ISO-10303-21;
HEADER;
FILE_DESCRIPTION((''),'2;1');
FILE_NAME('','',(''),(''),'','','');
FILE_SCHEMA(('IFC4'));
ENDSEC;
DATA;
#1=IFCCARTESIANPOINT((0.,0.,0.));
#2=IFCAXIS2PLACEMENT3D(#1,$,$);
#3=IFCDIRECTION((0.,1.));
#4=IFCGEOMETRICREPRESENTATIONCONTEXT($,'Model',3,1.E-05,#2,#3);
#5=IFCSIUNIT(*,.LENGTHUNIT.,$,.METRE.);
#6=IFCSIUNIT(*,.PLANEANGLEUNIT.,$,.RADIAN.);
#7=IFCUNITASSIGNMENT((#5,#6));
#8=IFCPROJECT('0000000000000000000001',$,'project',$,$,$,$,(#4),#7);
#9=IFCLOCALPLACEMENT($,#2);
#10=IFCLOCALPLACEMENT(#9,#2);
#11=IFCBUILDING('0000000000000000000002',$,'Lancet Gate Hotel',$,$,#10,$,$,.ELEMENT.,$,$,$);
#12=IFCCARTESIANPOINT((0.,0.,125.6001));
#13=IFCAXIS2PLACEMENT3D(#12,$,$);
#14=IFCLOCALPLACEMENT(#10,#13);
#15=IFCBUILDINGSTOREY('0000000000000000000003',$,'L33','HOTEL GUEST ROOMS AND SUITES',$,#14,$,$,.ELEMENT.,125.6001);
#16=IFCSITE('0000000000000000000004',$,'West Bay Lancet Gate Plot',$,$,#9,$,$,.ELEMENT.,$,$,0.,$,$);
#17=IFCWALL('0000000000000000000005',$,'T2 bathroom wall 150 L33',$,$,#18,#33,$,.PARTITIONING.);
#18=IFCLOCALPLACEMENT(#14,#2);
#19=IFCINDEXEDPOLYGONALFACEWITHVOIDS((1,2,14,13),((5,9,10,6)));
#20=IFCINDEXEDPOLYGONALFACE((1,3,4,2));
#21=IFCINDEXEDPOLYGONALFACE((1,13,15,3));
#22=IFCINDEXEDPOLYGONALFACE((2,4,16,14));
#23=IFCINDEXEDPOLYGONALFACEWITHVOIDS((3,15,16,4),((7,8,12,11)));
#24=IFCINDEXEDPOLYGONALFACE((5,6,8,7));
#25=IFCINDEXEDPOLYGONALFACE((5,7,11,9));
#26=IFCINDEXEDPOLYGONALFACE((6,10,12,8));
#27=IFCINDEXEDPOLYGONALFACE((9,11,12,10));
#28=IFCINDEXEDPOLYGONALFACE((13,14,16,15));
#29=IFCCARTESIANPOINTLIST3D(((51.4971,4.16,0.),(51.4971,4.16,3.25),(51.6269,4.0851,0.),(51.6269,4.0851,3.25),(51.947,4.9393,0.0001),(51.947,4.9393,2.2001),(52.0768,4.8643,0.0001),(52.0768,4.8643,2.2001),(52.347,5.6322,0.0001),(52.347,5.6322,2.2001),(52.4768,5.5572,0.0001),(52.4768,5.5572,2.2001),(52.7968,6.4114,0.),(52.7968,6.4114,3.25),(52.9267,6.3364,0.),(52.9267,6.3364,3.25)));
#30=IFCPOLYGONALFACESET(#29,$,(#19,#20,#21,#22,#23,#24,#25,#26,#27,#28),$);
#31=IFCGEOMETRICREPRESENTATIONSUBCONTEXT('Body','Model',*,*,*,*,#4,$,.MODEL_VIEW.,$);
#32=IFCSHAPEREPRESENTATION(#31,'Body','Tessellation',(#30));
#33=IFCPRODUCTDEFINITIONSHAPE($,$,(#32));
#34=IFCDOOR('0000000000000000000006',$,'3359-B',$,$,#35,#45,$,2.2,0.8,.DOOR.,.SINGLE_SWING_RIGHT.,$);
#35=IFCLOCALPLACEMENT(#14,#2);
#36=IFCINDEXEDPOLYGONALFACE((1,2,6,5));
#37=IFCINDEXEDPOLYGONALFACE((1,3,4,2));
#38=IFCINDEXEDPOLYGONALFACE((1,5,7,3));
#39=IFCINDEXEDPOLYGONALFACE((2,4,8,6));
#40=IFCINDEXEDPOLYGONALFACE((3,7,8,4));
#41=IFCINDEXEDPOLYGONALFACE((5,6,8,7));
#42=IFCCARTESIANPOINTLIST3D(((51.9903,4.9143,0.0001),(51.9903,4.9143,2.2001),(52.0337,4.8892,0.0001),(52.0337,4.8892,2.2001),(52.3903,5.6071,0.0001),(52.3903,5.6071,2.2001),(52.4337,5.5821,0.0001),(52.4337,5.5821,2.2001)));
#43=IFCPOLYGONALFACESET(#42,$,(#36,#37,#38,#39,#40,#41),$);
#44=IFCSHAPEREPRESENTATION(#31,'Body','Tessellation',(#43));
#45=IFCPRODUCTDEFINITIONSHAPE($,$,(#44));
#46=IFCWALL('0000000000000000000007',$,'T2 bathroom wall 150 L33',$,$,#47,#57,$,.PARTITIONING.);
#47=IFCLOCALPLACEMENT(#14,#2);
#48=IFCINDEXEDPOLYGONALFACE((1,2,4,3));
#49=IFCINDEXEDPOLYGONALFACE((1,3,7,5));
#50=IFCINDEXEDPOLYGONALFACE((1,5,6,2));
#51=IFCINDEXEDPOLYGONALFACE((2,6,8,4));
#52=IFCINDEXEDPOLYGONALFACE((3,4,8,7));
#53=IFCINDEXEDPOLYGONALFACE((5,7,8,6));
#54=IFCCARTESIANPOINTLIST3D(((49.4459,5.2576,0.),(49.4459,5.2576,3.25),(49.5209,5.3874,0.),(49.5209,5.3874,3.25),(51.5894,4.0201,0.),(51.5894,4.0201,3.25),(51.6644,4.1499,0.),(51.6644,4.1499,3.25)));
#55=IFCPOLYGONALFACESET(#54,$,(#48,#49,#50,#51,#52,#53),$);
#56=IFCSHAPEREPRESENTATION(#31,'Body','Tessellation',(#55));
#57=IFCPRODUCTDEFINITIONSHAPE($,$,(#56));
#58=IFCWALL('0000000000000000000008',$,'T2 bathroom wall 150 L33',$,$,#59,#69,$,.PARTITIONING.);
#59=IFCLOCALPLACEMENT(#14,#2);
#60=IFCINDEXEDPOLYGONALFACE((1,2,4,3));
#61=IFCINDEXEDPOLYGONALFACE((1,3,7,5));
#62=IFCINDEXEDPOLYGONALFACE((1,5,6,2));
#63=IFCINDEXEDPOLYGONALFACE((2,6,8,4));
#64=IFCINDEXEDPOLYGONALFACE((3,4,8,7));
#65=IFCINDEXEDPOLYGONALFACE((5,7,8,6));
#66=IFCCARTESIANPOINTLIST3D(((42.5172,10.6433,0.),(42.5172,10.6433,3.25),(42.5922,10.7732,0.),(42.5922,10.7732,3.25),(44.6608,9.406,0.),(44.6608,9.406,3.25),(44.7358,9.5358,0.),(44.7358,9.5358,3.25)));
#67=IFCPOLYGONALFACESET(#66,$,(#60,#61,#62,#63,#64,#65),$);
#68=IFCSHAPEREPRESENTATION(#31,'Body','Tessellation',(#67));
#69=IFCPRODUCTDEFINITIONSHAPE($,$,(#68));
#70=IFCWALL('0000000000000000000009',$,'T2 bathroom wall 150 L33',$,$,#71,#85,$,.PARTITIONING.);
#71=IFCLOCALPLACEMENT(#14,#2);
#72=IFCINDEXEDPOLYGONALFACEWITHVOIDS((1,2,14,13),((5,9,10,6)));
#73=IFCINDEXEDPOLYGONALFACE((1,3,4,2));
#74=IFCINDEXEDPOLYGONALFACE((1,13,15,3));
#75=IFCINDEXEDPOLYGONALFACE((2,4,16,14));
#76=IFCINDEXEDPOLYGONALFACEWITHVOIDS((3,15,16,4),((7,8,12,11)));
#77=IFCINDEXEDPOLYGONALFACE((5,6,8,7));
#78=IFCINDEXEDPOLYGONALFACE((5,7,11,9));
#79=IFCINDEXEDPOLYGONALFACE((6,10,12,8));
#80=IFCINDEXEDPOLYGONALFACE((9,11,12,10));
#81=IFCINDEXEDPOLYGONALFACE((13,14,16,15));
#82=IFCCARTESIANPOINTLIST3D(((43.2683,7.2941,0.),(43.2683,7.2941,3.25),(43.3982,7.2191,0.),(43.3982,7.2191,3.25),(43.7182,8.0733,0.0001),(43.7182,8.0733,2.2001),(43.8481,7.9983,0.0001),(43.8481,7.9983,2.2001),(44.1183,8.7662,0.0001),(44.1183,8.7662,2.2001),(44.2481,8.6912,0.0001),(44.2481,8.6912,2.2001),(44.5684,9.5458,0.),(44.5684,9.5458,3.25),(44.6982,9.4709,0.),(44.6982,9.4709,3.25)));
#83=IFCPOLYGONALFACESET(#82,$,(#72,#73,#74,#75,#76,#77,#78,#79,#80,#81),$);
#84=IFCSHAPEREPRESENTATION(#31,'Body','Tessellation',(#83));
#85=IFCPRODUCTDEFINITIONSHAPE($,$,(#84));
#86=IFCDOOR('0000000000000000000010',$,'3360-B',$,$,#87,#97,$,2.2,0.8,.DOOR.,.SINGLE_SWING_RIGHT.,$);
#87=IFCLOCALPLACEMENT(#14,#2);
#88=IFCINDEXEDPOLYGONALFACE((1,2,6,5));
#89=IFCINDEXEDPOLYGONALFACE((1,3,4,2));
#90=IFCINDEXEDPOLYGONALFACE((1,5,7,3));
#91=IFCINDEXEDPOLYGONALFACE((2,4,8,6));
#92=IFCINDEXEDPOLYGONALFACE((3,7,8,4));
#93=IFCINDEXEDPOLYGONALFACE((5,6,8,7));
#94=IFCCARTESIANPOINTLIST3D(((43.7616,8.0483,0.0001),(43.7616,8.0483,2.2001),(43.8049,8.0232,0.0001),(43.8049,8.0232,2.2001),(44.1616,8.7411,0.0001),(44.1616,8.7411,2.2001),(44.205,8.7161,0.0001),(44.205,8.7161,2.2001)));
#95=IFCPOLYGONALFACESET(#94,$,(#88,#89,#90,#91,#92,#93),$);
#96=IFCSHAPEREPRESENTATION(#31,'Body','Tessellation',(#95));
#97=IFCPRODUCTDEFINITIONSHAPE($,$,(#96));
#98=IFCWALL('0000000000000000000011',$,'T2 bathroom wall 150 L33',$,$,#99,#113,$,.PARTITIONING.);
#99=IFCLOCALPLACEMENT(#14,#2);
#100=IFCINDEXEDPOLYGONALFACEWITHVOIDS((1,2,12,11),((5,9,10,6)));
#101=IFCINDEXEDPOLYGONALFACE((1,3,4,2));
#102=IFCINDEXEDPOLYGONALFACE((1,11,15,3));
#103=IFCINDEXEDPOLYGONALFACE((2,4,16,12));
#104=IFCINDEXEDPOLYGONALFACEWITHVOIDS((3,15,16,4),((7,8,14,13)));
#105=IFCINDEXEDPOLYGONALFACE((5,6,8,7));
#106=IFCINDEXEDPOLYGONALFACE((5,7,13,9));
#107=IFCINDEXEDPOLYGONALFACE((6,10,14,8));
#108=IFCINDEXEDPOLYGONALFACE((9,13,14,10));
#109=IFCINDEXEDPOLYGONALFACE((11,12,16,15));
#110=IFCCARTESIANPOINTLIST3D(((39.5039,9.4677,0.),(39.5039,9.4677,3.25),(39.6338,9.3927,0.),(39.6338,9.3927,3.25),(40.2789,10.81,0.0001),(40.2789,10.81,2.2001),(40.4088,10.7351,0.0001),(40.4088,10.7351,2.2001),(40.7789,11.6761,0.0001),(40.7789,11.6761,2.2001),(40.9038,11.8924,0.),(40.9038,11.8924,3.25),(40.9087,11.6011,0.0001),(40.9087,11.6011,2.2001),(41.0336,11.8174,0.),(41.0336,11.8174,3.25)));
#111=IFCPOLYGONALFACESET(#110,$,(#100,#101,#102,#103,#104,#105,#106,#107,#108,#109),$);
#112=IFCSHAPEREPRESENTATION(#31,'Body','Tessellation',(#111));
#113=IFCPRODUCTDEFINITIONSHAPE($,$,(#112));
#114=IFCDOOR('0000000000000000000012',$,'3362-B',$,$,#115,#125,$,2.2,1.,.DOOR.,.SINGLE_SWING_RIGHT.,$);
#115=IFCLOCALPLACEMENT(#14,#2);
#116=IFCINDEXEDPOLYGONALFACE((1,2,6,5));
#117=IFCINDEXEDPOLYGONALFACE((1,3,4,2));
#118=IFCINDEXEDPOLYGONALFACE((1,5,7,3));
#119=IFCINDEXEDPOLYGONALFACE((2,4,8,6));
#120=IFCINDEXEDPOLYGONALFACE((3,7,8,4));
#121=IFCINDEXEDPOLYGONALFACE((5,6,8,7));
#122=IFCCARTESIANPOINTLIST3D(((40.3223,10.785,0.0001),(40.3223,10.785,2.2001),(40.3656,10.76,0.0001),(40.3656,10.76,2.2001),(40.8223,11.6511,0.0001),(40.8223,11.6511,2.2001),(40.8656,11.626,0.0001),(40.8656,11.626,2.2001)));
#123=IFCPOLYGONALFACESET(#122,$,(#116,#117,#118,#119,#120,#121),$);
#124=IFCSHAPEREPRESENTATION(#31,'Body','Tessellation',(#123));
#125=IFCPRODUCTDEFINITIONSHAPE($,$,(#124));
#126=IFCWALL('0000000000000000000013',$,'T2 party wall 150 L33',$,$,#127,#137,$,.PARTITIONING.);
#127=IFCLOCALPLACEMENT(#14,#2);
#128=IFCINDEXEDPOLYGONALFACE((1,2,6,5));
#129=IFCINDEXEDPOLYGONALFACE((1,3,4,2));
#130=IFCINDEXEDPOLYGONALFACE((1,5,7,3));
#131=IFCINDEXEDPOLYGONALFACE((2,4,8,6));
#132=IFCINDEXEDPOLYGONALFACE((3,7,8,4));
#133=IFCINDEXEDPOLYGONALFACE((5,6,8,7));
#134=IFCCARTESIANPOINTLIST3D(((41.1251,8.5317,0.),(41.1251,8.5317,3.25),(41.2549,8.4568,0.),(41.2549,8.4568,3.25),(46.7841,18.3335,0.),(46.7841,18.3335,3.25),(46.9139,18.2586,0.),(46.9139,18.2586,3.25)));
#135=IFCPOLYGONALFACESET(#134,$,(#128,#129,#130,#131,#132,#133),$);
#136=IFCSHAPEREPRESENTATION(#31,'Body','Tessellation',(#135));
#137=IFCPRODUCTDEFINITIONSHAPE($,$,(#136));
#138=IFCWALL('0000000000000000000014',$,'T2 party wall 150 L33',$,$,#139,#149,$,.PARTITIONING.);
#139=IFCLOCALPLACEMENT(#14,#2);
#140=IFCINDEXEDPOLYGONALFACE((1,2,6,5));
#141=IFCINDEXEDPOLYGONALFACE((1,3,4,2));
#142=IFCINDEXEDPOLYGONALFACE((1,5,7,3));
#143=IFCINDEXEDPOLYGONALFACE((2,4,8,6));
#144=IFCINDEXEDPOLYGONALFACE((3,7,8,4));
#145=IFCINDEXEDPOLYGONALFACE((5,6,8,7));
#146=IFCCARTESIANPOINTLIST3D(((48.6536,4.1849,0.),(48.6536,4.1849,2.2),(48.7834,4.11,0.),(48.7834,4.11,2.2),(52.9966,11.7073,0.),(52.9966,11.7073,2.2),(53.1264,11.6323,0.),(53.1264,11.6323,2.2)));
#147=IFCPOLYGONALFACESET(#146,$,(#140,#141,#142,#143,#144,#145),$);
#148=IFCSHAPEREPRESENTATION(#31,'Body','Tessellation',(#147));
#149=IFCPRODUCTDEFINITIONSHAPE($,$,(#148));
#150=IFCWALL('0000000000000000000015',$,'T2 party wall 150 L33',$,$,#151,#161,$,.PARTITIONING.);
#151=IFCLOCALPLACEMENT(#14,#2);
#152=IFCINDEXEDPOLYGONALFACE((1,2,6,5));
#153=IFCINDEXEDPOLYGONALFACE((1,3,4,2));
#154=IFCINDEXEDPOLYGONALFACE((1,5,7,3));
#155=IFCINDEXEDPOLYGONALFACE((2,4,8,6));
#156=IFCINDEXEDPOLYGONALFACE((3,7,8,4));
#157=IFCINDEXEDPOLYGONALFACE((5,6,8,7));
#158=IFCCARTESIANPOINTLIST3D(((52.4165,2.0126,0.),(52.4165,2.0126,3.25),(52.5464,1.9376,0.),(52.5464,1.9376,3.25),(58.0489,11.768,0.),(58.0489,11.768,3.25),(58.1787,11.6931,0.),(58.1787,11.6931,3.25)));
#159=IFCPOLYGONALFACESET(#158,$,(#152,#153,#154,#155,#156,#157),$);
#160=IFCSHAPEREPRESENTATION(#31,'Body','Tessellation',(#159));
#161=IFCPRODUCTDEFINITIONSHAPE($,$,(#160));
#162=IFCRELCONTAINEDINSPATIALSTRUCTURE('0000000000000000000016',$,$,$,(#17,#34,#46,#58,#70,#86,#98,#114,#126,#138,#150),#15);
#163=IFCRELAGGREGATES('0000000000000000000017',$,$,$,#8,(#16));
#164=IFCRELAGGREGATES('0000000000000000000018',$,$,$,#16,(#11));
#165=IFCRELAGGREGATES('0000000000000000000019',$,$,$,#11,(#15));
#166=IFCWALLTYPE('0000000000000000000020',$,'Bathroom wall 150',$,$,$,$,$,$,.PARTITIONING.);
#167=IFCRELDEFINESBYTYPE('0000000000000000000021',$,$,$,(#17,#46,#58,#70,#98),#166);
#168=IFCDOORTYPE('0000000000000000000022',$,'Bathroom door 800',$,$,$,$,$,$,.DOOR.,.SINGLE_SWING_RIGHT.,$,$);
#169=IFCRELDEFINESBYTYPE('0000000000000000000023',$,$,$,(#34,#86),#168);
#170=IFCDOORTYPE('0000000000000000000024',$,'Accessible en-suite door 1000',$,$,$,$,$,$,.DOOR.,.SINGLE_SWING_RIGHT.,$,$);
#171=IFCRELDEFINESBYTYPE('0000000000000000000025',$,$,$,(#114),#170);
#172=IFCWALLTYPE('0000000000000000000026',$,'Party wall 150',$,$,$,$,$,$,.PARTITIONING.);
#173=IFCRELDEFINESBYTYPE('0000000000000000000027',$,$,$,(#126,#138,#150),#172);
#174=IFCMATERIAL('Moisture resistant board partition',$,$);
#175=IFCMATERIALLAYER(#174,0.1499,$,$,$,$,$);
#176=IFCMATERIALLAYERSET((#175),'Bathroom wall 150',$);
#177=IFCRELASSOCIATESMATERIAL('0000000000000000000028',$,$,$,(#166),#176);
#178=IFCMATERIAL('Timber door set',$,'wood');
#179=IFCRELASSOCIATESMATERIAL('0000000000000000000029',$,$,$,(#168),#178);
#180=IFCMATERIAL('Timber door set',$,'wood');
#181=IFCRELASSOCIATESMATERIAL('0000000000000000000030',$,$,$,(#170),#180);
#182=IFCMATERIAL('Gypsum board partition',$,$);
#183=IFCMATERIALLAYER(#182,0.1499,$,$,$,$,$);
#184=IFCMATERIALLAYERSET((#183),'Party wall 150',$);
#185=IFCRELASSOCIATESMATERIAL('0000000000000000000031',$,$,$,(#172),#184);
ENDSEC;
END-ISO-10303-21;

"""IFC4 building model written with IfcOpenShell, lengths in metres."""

from ifc_helpers import new_model, si_unit, direction, frame, frame_2d, origin, place, context, subcontext, project, spatial, rectangle, extrude, material, layer, layer_set, type_object, element, fill, save


model = new_model("IFC4")

# Units and contexts
model_context = context("Model", 3, precision=1e-05, world=origin(), true_north=direction((0.0, 1.0)))
body_context = subcontext(model_context, "Body", "Model", "MODEL_VIEW")
ifc_project = project(units=[si_unit("LENGTHUNIT", "METRE"), si_unit("PLANEANGLEUNIT", "RADIAN")], contexts=[model_context])

# Site, building, storey
site_placement = place(None, origin())
site = spatial("IfcSite", under=ifc_project, at=site_placement, Name="West Bay Lancet Gate Plot", CompositionType="ELEMENT", RefElevation=0.0)
building_placement = place(site_placement, origin())
building = spatial("IfcBuilding", under=site, at=building_placement, Name="Lancet Gate Hotel", CompositionType="ELEMENT")
storey_placement = place(building_placement, frame((0.0, 0.0, 125.6001)))
storey = spatial("IfcBuildingStorey", under=building, at=storey_placement, Name="L33", Description="HOTEL GUEST ROOMS AND SUITES", CompositionType="ELEMENT", Elevation=125.6001)

# Shared definitions
ifc_material_1 = material(Name="Moisture resistant board partition")
ifc_layer_1 = layer(ifc_material_1, 0.1499)
ifc_layer_set_1 = layer_set([ifc_layer_1], Name="Bathroom wall 150")
wall_type_1 = type_object("IfcWallType", Name="Bathroom wall 150", PredefinedType="PARTITIONING", material=ifc_layer_set_1)

# Wall, opening, door
wall_1_placement = place(storey_placement, frame((51.562, 4.1226, 0.0), z_axis=(0.0, 0.0, 1.0), x_axis=(0.499977, 0.866039, 0.0)))
wall_1 = element("IfcWall", 1, at=wall_1_placement, inside=storey, type_object=wall_type_1, Name="T2 bathroom wall 150 L33", PredefinedType="PARTITIONING", context=body_context, shape_type="SweptSolid", body=[
    extrude(rectangle(XDim=2.5996, YDim=0.1499, at=frame_2d((1.2998, 0.0))), origin(), (0.0, 0.0, 1.0), 3.25),
])
opening_1_placement = place(wall_1_placement, frame((0.8999, 0.0, 0.0)))
opening_1 = element("IfcOpeningElement", 2, at=opening_1_placement, cuts=wall_1, PredefinedType="OPENING", context=body_context, shape_type="SweptSolid", body=[
    extrude(rectangle(XDim=0.8, YDim=2.2, at=frame_2d((0.3999, 1.1001))), frame((0.0, 0.085, 0.0), z_axis=(0.0, -1.0, 0.0), x_axis=(1.0, 0.0, 0.0)), (0.0, 0.0, 1.0), 0.1699),
])
ifc_material_2 = material(Name="Timber door set", Category="wood")
door_type_1 = type_object("IfcDoorType", Name="Bathroom door 800", OperationType="SINGLE_SWING_RIGHT", PredefinedType="DOOR", material=ifc_material_2)
door_1_placement = place(opening_1_placement, origin())
door_1 = element("IfcDoor", 3, at=door_1_placement, inside=storey, type_object=door_type_1, Name="3359-B", OperationType="SINGLE_SWING_RIGHT", OverallHeight=2.2, OverallWidth=0.8, PredefinedType="DOOR", context=body_context, shape_type="SweptSolid", body=[
    extrude(rectangle(XDim=0.8, YDim=2.2, at=frame_2d((0.3999, 1.1001))), frame((0.0, 0.0249, 0.0), z_axis=(0.0, -1.0, 0.0), x_axis=(1.0, 0.0, 0.0)), (0.0, 0.0, 1.0), 0.05),
])
fill(opening_1, door_1)

# Walls
for number, where, z_axis, x_axis, name in (
    (4, (49.4834, 5.3225, 0.0), (0.0, 0.0, 1.0), (0.866031, -0.49999, 0.0), "T2 bathroom wall 150 L33"),
    (5, (42.5547, 10.7083, 0.0), (0.0, 0.0, 1.0), (0.866074, -0.499916, 0.0), "T2 bathroom wall 150 L33"),
):
    element("IfcWall", number, at=place(storey_placement, frame(where, z_axis=z_axis, x_axis=x_axis)), inside=storey, type_object=wall_type_1, Name=name, PredefinedType="PARTITIONING", context=body_context, shape_type="SweptSolid", body=[
        extrude(rectangle(XDim=2.4751, YDim=0.1499, at=frame_2d((1.2375, 0.0))), origin(), (0.0, 0.0, 1.0), 3.25),
    ])

# Walls, openings, doors
wall_2_placement = place(storey_placement, frame((43.3333, 7.2566, 0.0), z_axis=(0.0, 0.0, 1.0), x_axis=(0.500007, 0.866021, 0.0)))
wall_2 = element("IfcWall", 6, at=wall_2_placement, inside=storey, type_object=wall_type_1, Name="T2 bathroom wall 150 L33", PredefinedType="PARTITIONING", context=body_context, shape_type="SweptSolid", body=[
    extrude(rectangle(XDim=2.6001, YDim=0.1499, at=frame_2d((1.3, 0.0))), origin(), (0.0, 0.0, 1.0), 3.25),
])
opening_2_placement = place(wall_2_placement, frame((0.8999, 0.0, 0.0)))
opening_2 = element("IfcOpeningElement", 7, at=opening_2_placement, cuts=wall_2, PredefinedType="OPENING", context=body_context, shape_type="SweptSolid", body=[
    extrude(rectangle(XDim=0.8, YDim=2.2, at=frame_2d((0.3999, 1.1001))), frame((0.0, 0.085, 0.0), z_axis=(0.0, -1.0, 0.0), x_axis=(1.0, 0.0, 0.0)), (0.0, 0.0, 1.0), 0.1699),
])
door_2_placement = place(opening_2_placement, origin())
door_2 = element("IfcDoor", 8, at=door_2_placement, inside=storey, type_object=door_type_1, Name="3360-B", OperationType="SINGLE_SWING_RIGHT", OverallHeight=2.2, OverallWidth=0.8, PredefinedType="DOOR", context=body_context, shape_type="SweptSolid", body=[
    extrude(rectangle(XDim=0.8, YDim=2.2, at=frame_2d((0.3999, 1.1001))), frame((0.0, 0.0249, 0.0), z_axis=(0.0, -1.0, 0.0), x_axis=(1.0, 0.0, 0.0)), (0.0, 0.0, 1.0), 0.05),
])
fill(opening_2, door_2)
wall_3_placement = place(storey_placement, frame((39.5688, 9.4302, 0.0), z_axis=(0.0, 0.0, 1.0), x_axis=(0.499984, 0.866035, 0.0)))
wall_3 = element("IfcWall", 9, at=wall_3_placement, inside=storey, type_object=wall_type_1, Name="T2 bathroom wall 150 L33", PredefinedType="PARTITIONING", context=body_context, shape_type="SweptSolid", body=[
    extrude(rectangle(XDim=2.7998, YDim=0.1499, at=frame_2d((1.3999, 0.0))), origin(), (0.0, 0.0, 1.0), 3.25),
])
opening_3_placement = place(wall_3_placement, frame((1.55, 0.0, 0.0)))
opening_3 = element("IfcOpeningElement", 10, at=opening_3_placement, cuts=wall_3, PredefinedType="OPENING", context=body_context, shape_type="SweptSolid", body=[
    extrude(rectangle(XDim=1.0, YDim=2.2, at=frame_2d((0.5, 1.1001))), frame((0.0, 0.085, 0.0), z_axis=(0.0, -1.0, 0.0), x_axis=(1.0, 0.0, 0.0)), (0.0, 0.0, 1.0), 0.1699),
])
ifc_material_3 = material(Name="Timber door set", Category="wood")
door_type_2 = type_object("IfcDoorType", Name="Accessible en-suite door 1000", OperationType="SINGLE_SWING_RIGHT", PredefinedType="DOOR", material=ifc_material_3)
door_3_placement = place(opening_3_placement, origin())
door_3 = element("IfcDoor", 11, at=door_3_placement, inside=storey, type_object=door_type_2, Name="3362-B", OperationType="SINGLE_SWING_RIGHT", OverallHeight=2.2, OverallWidth=1.0, PredefinedType="DOOR", context=body_context, shape_type="SweptSolid", body=[
    extrude(rectangle(XDim=1.0, YDim=2.2, at=frame_2d((0.5, 1.1001))), frame((0.0, 0.0249, 0.0), z_axis=(0.0, -1.0, 0.0), x_axis=(1.0, 0.0, 0.0)), (0.0, 0.0, 1.0), 0.05),
])
fill(opening_3, door_3)

# Walls
ifc_material_4 = material(Name="Gypsum board partition")
ifc_layer_2 = layer(ifc_material_4, 0.1499)
ifc_layer_set_2 = layer_set([ifc_layer_2], Name="Party wall 150")
wall_type_2 = type_object("IfcWallType", Name="Party wall 150", PredefinedType="PARTITIONING", material=ifc_layer_set_2)
wall_4_placement = place(storey_placement, frame((41.1899, 8.4941, 0.0), z_axis=(0.0, 0.0, 1.0), x_axis=(0.499993, 0.86603, 0.0)))
element("IfcWall", 12, at=wall_4_placement, inside=storey, type_object=wall_type_2, Name="T2 party wall 150 L33", PredefinedType="PARTITIONING", context=body_context, shape_type="SweptSolid", body=[
    extrude(rectangle(XDim=11.3181, YDim=0.1499, at=frame_2d((5.6592, 0.0))), origin(), (0.0, 0.0, 1.0), 3.25),
])
wall_5_placement = place(storey_placement, frame((48.7185, 4.1475, 0.0), z_axis=(0.0, 0.0, 1.0), x_axis=(0.499993, 0.866029, 0.0)))
element("IfcWall", 13, at=wall_5_placement, inside=storey, type_object=wall_type_2, Name="T2 party wall 150 L33", PredefinedType="PARTITIONING", context=body_context, shape_type="SweptSolid", body=[
    extrude(rectangle(XDim=8.686, YDim=0.1499, at=frame_2d((4.343, 0.0))), origin(), (0.0, 0.0, 1.0), 2.2),
])
wall_6_placement = place(storey_placement, frame((52.4814, 1.9751, 0.0), z_axis=(0.0, 0.0, 1.0), x_axis=(0.500004, 0.866023, 0.0)))
element("IfcWall", 14, at=wall_6_placement, inside=storey, type_object=wall_type_2, Name="T2 party wall 150 L33", PredefinedType="PARTITIONING", context=body_context, shape_type="SweptSolid", body=[
    extrude(rectangle(XDim=11.2646, YDim=0.1499, at=frame_2d((5.6323, 0.0))), origin(), (0.0, 0.0, 1.0), 3.25),
])

save(model, "model.ifc")
